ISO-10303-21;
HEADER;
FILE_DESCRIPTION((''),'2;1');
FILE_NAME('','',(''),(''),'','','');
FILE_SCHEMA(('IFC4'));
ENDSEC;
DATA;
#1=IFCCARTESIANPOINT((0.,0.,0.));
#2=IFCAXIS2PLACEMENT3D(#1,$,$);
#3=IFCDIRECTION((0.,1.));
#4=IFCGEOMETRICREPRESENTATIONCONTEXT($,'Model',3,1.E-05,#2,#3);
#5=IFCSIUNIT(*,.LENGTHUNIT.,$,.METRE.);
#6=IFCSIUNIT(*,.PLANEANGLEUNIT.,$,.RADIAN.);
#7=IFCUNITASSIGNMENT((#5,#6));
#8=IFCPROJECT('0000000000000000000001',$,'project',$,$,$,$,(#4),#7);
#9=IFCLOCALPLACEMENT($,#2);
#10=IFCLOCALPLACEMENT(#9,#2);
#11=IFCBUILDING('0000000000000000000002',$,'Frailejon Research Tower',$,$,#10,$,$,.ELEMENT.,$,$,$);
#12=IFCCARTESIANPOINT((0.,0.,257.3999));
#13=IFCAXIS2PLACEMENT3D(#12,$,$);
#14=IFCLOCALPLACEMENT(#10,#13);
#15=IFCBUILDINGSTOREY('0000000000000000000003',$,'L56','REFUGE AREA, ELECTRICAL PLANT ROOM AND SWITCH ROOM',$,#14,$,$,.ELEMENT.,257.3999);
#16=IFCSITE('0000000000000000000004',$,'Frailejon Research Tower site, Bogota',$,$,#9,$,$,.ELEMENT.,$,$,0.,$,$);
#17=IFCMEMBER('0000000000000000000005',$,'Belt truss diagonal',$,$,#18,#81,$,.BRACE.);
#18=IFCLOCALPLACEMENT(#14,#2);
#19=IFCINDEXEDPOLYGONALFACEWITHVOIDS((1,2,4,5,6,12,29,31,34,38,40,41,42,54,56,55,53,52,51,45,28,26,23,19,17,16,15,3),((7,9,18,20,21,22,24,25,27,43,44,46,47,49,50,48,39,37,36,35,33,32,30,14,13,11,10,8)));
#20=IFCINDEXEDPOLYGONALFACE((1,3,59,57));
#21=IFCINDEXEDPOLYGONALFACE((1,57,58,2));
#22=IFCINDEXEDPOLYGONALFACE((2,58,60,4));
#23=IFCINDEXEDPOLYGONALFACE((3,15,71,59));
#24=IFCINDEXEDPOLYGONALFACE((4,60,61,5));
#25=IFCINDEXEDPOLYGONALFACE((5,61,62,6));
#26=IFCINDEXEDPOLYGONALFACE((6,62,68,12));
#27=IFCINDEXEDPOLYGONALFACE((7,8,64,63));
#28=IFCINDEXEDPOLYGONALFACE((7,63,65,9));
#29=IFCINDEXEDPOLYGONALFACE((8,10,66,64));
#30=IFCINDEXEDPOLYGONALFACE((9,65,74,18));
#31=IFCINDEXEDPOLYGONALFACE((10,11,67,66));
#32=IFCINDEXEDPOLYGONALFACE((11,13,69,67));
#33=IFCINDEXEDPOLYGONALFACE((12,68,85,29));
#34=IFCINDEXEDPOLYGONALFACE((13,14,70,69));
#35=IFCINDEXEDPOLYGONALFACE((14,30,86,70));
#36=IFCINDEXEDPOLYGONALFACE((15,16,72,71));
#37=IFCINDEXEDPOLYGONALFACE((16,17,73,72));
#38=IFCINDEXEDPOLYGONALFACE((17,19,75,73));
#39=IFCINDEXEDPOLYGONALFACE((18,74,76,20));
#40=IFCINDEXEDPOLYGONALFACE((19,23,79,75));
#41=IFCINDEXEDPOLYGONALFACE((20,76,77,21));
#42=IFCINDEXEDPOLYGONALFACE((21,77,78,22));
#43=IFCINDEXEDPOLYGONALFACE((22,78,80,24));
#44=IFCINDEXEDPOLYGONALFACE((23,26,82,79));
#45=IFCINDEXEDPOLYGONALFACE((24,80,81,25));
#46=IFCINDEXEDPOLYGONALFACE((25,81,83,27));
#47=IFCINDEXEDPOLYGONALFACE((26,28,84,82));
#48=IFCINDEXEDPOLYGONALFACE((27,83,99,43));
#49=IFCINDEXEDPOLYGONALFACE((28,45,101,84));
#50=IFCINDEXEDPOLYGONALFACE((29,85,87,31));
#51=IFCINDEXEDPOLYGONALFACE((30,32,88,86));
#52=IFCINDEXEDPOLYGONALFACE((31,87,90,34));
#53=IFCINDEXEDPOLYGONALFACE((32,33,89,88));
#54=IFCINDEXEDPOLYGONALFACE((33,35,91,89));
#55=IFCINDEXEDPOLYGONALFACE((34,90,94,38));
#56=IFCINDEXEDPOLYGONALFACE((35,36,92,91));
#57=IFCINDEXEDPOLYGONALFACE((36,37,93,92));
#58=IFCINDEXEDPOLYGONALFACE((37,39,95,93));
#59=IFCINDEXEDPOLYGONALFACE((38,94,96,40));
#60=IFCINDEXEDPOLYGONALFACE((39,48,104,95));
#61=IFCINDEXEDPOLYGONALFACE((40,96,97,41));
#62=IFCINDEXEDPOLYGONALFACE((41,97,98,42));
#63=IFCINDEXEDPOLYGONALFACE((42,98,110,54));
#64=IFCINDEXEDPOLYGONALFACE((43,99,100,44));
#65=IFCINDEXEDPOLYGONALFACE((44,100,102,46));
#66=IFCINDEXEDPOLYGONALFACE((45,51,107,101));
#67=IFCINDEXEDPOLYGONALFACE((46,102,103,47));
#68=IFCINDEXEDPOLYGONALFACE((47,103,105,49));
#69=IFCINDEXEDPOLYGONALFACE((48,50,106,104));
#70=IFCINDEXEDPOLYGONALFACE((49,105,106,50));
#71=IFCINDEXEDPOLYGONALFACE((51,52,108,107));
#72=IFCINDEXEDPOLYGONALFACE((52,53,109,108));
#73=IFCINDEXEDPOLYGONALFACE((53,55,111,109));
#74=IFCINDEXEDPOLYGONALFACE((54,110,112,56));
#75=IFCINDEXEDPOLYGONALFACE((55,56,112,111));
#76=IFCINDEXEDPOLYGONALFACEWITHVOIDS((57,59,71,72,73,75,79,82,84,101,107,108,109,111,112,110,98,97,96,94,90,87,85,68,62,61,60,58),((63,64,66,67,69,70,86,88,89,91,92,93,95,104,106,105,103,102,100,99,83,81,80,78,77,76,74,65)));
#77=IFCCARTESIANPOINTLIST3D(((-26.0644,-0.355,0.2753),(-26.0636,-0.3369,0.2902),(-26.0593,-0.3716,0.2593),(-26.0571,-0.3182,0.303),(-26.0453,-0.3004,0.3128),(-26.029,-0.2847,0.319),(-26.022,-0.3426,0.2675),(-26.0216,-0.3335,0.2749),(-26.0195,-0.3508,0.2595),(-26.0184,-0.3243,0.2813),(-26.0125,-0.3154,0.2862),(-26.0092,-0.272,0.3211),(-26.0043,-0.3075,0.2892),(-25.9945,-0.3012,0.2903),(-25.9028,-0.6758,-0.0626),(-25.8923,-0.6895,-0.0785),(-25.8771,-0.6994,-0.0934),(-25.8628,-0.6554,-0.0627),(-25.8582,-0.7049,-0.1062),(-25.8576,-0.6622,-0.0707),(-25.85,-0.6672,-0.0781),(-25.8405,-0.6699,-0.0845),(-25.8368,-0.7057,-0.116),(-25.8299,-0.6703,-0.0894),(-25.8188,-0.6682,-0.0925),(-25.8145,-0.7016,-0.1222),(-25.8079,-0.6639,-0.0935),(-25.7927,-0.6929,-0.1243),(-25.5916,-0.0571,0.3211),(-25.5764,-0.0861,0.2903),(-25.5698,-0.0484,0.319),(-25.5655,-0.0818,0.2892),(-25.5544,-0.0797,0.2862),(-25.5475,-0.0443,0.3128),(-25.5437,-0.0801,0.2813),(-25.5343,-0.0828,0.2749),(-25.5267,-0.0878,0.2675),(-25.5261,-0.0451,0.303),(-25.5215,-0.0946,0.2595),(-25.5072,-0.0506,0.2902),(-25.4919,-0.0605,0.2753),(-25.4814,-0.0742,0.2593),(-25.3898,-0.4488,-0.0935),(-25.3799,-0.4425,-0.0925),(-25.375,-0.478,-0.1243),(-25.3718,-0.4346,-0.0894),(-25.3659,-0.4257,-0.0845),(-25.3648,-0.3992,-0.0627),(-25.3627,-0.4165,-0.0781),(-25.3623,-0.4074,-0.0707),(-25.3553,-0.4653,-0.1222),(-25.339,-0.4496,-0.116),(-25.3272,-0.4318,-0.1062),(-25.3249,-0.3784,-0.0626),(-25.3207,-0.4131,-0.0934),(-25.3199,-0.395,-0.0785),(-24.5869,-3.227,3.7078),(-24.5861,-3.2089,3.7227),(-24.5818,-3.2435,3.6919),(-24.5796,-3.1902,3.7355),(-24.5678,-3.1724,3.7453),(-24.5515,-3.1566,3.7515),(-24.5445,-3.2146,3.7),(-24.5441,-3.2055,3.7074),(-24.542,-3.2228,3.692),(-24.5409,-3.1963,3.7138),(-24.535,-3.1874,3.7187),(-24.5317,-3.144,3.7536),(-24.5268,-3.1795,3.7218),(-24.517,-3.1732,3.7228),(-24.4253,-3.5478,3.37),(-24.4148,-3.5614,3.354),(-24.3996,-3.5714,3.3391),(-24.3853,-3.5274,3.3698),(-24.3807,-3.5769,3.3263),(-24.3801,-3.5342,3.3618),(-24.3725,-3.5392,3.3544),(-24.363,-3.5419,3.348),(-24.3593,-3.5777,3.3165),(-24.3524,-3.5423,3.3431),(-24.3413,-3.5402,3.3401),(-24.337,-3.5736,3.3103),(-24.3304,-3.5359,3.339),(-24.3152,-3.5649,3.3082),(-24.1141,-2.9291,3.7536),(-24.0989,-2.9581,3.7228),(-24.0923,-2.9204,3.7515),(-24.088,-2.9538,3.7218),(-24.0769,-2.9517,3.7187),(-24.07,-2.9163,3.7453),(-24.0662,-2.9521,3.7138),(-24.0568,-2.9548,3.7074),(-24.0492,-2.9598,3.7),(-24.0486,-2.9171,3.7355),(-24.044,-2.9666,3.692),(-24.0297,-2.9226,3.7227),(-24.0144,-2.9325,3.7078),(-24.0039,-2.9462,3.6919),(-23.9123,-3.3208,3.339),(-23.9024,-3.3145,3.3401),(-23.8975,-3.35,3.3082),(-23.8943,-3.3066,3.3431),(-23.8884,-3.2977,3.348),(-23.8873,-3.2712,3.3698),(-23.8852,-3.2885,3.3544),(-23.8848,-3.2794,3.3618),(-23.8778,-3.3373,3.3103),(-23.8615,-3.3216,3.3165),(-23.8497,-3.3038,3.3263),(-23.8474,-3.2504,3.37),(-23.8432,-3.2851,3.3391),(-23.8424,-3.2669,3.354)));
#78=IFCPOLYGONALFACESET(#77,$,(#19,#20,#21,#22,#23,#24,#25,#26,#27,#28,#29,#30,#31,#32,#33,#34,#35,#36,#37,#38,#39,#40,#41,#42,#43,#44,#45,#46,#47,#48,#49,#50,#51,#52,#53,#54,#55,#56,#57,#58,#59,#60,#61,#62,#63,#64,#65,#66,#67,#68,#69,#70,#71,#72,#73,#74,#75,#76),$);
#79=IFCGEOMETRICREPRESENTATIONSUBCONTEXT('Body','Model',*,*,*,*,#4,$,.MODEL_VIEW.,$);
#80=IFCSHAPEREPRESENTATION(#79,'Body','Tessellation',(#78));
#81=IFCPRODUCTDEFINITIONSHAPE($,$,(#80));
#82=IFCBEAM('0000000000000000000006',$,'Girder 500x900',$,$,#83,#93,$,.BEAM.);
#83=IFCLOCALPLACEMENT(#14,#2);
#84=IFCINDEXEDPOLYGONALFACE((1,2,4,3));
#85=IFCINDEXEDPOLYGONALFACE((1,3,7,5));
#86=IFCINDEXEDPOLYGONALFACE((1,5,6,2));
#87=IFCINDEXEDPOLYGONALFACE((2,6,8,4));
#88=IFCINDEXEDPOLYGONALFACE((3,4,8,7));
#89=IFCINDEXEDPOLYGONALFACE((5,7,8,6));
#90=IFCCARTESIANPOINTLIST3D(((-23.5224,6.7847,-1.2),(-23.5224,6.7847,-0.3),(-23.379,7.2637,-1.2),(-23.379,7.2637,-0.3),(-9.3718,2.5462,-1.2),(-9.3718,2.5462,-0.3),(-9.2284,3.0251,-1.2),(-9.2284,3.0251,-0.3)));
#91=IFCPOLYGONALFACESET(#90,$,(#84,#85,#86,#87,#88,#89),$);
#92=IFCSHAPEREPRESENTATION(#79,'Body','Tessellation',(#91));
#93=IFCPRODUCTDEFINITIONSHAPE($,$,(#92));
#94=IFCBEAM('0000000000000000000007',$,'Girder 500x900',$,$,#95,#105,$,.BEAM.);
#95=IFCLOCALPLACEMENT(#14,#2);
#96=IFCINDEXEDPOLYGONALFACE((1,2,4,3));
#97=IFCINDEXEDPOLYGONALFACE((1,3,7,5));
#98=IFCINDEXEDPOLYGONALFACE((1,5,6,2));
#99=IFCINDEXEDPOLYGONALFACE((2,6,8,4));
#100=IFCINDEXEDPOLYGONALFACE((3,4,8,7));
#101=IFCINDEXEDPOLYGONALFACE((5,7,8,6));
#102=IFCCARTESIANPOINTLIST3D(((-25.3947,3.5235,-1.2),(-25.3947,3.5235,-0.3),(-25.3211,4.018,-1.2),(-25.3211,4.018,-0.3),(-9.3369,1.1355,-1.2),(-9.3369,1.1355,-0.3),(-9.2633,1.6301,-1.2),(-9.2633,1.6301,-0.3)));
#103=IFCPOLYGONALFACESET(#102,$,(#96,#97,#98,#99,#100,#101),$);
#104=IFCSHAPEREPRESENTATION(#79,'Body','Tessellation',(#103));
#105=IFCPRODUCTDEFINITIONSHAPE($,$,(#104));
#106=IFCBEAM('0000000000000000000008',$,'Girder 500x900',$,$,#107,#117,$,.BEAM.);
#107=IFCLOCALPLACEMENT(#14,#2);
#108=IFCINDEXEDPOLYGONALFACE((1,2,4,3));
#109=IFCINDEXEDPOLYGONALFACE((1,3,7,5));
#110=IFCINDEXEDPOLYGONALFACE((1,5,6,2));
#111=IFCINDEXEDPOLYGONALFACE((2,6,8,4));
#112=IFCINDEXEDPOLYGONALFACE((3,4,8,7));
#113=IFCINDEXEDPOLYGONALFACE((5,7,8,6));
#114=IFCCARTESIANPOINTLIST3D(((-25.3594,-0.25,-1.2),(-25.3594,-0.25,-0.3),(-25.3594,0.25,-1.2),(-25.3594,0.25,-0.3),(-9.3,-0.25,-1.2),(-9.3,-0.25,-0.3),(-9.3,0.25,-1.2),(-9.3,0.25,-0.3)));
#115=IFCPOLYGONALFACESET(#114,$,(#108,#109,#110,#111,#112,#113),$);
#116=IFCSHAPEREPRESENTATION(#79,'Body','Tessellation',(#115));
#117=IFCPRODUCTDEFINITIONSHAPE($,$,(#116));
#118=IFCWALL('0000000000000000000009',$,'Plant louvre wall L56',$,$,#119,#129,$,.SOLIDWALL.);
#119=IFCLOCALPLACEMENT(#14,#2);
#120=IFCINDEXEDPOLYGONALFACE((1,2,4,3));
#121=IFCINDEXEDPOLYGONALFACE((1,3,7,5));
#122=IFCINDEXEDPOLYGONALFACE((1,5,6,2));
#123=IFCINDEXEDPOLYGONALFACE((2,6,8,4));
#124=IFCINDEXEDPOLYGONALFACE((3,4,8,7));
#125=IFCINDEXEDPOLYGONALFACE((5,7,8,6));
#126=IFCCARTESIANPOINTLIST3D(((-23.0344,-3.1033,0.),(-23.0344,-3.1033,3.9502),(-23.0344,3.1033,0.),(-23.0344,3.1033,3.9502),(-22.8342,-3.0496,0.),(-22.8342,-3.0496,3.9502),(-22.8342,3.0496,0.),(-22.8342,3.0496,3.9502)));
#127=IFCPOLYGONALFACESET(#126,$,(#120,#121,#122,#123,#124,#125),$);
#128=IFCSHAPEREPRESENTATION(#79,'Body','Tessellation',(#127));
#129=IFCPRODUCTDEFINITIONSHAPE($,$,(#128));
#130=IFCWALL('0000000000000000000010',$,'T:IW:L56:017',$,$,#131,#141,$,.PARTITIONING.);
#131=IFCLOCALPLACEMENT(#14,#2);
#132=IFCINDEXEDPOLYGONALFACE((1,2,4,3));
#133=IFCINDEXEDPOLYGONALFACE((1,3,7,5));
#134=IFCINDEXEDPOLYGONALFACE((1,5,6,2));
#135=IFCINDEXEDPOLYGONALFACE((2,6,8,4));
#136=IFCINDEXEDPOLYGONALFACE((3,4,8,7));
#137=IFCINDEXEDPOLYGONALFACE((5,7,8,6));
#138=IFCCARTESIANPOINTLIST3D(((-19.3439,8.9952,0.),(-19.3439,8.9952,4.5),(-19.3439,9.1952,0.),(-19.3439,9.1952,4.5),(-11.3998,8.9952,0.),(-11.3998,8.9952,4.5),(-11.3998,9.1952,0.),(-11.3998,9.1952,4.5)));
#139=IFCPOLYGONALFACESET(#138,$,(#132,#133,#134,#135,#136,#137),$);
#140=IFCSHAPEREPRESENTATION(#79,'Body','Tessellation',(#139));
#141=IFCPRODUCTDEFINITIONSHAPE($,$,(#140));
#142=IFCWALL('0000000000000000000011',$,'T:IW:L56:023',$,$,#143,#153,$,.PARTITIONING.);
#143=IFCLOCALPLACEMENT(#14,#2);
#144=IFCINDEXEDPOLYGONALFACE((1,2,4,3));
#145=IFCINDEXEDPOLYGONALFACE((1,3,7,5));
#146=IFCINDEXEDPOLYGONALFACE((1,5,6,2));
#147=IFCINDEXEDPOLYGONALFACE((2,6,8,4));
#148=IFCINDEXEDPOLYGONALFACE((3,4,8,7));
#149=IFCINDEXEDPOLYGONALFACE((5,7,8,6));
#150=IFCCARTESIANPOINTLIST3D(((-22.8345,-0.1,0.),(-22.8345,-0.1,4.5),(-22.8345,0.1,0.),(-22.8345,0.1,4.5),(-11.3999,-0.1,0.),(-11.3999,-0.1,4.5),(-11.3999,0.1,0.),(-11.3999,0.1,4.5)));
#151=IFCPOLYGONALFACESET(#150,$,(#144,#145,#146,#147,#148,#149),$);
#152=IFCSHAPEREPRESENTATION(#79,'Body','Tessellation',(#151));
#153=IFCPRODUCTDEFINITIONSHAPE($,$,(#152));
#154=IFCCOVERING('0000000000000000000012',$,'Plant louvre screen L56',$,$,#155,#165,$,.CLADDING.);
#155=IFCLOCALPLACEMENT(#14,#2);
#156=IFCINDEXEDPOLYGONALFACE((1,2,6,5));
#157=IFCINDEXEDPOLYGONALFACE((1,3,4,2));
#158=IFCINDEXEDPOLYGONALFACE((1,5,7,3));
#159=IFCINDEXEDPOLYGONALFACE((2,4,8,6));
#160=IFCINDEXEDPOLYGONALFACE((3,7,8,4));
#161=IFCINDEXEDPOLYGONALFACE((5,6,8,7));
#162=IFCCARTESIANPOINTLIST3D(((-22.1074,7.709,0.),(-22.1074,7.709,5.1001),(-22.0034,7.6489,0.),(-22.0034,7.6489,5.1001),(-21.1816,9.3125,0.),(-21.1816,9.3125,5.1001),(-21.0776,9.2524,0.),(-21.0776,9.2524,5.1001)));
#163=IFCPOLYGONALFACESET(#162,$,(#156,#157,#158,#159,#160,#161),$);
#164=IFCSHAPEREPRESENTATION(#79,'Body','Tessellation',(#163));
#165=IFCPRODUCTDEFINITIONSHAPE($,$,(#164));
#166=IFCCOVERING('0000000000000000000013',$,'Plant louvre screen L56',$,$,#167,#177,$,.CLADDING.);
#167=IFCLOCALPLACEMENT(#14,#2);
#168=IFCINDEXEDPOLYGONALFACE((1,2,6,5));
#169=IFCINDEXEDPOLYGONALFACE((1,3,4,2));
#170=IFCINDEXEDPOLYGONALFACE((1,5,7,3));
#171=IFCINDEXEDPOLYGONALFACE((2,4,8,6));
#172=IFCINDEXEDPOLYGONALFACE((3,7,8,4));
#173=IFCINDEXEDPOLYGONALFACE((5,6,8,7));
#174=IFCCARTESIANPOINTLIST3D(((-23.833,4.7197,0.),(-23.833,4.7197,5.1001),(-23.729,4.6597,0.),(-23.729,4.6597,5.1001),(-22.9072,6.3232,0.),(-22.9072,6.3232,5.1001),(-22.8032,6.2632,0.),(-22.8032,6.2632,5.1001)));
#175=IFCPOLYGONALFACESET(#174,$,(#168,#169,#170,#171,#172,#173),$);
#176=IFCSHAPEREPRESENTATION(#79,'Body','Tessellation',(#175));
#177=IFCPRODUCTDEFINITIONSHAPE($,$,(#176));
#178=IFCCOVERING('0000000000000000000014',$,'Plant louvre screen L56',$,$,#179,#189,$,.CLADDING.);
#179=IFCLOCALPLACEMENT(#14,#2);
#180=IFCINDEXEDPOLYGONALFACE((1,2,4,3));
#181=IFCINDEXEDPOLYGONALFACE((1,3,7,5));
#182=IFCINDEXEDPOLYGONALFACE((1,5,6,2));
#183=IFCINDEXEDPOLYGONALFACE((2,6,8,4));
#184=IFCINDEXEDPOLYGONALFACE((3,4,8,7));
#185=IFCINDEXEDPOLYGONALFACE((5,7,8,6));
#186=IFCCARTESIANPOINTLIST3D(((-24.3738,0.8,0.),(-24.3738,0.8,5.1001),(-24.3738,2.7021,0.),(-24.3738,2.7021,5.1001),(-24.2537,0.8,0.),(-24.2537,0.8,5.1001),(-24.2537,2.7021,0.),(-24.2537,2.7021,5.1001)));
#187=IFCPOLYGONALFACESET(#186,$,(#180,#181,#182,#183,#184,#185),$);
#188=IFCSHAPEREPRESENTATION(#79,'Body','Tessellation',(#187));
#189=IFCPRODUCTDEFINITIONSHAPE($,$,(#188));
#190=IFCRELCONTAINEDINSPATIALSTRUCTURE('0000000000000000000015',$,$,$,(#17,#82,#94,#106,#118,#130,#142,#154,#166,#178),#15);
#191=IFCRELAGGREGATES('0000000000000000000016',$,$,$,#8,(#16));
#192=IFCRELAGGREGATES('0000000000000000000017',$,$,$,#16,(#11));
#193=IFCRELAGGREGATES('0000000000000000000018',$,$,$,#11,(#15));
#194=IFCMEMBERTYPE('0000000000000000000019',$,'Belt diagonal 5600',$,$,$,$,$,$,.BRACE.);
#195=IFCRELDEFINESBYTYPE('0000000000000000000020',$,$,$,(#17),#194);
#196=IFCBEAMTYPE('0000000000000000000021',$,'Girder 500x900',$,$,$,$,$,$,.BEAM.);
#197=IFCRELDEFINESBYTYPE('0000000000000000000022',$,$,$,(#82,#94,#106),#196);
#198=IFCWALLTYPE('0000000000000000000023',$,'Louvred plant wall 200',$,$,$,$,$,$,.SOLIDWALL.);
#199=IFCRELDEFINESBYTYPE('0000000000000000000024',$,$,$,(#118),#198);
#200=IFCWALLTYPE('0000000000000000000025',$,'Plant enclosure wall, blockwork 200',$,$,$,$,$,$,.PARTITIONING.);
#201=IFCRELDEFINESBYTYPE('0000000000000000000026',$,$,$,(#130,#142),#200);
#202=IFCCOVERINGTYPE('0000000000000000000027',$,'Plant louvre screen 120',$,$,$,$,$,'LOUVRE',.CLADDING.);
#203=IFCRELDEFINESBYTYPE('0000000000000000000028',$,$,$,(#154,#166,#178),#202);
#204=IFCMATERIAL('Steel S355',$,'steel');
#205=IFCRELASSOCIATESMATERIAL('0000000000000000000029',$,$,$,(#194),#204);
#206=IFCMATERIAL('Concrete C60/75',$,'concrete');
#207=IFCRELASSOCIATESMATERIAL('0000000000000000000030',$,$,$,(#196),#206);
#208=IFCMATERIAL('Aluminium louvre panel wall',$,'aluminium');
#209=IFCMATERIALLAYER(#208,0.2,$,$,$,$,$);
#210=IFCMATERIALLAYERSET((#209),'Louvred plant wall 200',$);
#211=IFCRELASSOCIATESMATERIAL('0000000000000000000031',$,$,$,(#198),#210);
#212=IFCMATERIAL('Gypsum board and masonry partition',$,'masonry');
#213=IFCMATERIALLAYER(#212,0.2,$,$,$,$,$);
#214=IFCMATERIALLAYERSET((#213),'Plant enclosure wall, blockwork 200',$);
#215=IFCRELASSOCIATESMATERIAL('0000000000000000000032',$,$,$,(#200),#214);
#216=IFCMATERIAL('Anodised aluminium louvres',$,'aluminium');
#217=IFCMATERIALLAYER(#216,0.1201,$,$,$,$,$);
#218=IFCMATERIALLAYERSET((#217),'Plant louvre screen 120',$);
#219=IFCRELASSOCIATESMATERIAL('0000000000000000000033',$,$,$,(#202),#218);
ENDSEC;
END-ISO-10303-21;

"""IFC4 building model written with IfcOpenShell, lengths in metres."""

from ifc_helpers import new_model, si_unit, direction, frame, frame_2d, origin, origin_2d, place, context, subcontext, project, spatial, polyline, rectangle, hollow_rectangle, outline, extrude, material, layer, layer_set, material_profile, profile_set, type_object, element, save


model = new_model("IFC4")

# Units and contexts
model_context = context("Model", 3, precision=1e-05, world=origin(), true_north=direction((0.0, 1.0)))
body_context = subcontext(model_context, "Body", "Model", "MODEL_VIEW")
ifc_project = project(units=[si_unit("LENGTHUNIT", "METRE"), si_unit("PLANEANGLEUNIT", "RADIAN")], contexts=[model_context])

# Site, building, storey
site_placement = place(None, origin())
site = spatial("IfcSite", under=ifc_project, at=site_placement, Name="Frailejon Research Tower site, Bogota", CompositionType="ELEMENT", RefElevation=0.0)
building_placement = place(site_placement, origin())
building = spatial("IfcBuilding", under=site, at=building_placement, Name="Frailejon Research Tower", CompositionType="ELEMENT")
storey_placement = place(building_placement, frame((0.0, 0.0, 257.3999)))
storey = spatial("IfcBuildingStorey", under=building, at=storey_placement, Name="L56", Description="REFUGE AREA, ELECTRICAL PLANT ROOM AND SWITCH ROOM", CompositionType="ELEMENT", Elevation=257.3999)

# Member
ifc_material_1 = material(Name="Steel S355", Category="steel")
ifc_material_profile_1 = material_profile(ifc_material_1, hollow_rectangle(XDim=0.6499, YDim=0.6499, WallThickness=0.0449, InnerFilletRadius=0.0449, OuterFilletRadius=0.0901, at=origin_2d()), Name="Belt diagonal 5600")
ifc_profile_set_1 = profile_set([ifc_material_profile_1], Name="Steel S355")
member_type = type_object("IfcMemberType", Name="Belt diagonal 5600", PredefinedType="BRACE", material=ifc_profile_set_1)
for number, where, z_axis, x_axis, name in (
    (1, (-25.6921, -0.375, 0.0984), (0.313486, -0.60936, 0.72829), (0.889228, 0.457464, 0.0), "Belt truss diagonal"),
):
    element("IfcMember", number, at=place(storey_placement, frame(where, z_axis=z_axis, x_axis=x_axis)), inside=storey, type_object=member_type, Name=name, PredefinedType="BRACE", context=body_context, shape_type="SweptSolid", body=[
        extrude(hollow_rectangle(XDim=0.6499, YDim=0.6499, WallThickness=0.0449, InnerFilletRadius=0.0449, OuterFilletRadius=0.0901, at=origin_2d()), origin(), (0.0, 0.0, 1.0), 4.7131),
    ])

# Beams
ifc_material_2 = material(Name="Concrete C60/75", Category="concrete")
ifc_material_profile_2 = material_profile(ifc_material_2, rectangle(XDim=0.5, YDim=0.8999, at=origin_2d()), Name="Girder 500x900")
ifc_profile_set_2 = profile_set([ifc_material_profile_2], Name="Concrete C60/75")
beam_type_1 = type_object("IfcBeamType", Name="Girder 500x900", PredefinedType="BEAM", material=ifc_profile_set_2)
beam_1_placement = place(storey_placement, frame((-23.4507, 7.0242, -0.75), z_axis=(0.95795, -0.286934, 0.0), x_axis=(0.286934, 0.95795, 0.0)))
element("IfcBeam", 2, at=beam_1_placement, inside=storey, type_object=beam_type_1, Name="Girder 500x900", PredefinedType="BEAM", context=body_context, shape_type="SweptSolid", body=[
    extrude(rectangle(XDim=0.5, YDim=0.8999, at=origin_2d()), origin(), (0.0, 0.0, 1.0), 14.7717),
])
beam_2_placement = place(storey_placement, frame((-25.3579, 3.7708, -0.75), z_axis=(0.989123, -0.147091, 0.0), x_axis=(0.147091, 0.989123, 0.0)))
element("IfcBeam", 3, at=beam_2_placement, inside=storey, type_object=beam_type_1, Name="Girder 500x900", PredefinedType="BEAM", context=body_context, shape_type="SweptSolid", body=[
    extrude(rectangle(XDim=0.5, YDim=0.8999, at=origin_2d()), origin(), (0.0, 0.0, 1.0), 16.2344),
])
beam_3_placement = place(storey_placement, frame((-25.3594, 0.0, -0.75), z_axis=(1.0, 0.0, 0.0), x_axis=(0.0, 1.0, 0.0)))
element("IfcBeam", 4, at=beam_3_placement, inside=storey, type_object=beam_type_1, Name="Girder 500x900", PredefinedType="BEAM", context=body_context, shape_type="SweptSolid", body=[
    extrude(rectangle(XDim=0.5, YDim=0.8999, at=origin_2d()), origin(), (0.0, 0.0, 1.0), 16.0593),
])

# Walls
ifc_material_3 = material(Name="Aluminium louvre panel wall", Category="aluminium")
ifc_layer_1 = layer(ifc_material_3, 0.2)
ifc_layer_set_1 = layer_set([ifc_layer_1], Name="Louvred plant wall 200")
wall_type_1 = type_object("IfcWallType", Name="Louvred plant wall 200", PredefinedType="SOLIDWALL", material=ifc_layer_set_1)
wall_1_placement = place(storey_placement, frame((-22.9343, 3.0764, 0.0), z_axis=(0.0, 0.0, 1.0), x_axis=(0.0, -1.0, 0.0)))
element("IfcWall", 5, at=wall_1_placement, inside=storey, type_object=wall_type_1, Name="Plant louvre wall L56", PredefinedType="SOLIDWALL", context=body_context, shape_type="SweptSolid", body=[
    extrude(outline(polyline([(-0.0269, -0.1001), (6.1797, -0.1001), (6.126, 0.1001), (0.0269, 0.1001), (-0.0269, -0.1001)])), origin(), (0.0, 0.0, 1.0), 3.9502),
])
ifc_material_4 = material(Name="Gypsum board and masonry partition", Category="masonry")
ifc_layer_2 = layer(ifc_material_4, 0.2)
ifc_layer_set_2 = layer_set([ifc_layer_2], Name="Plant enclosure wall, blockwork 200")
wall_type_2 = type_object("IfcWallType", Name="Plant enclosure wall, blockwork 200", PredefinedType="PARTITIONING", material=ifc_layer_set_2)
wall_2_placement = place(storey_placement, frame((-19.344, 9.0952, 0.0), z_axis=(0.0, 0.0, 1.0), x_axis=(1.0, 0.0, 0.0)))
element("IfcWall", 6, at=wall_2_placement, inside=storey, type_object=wall_type_2, Name="T:IW:L56:017", PredefinedType="PARTITIONING", context=body_context, shape_type="SweptSolid", body=[
    extrude(rectangle(XDim=7.9441, YDim=0.2, at=frame_2d((3.9722, 0.0))), origin(), (0.0, 0.0, 1.0), 4.5),
])
wall_3_placement = place(storey_placement, frame((-22.8345, 0.0, 0.0), z_axis=(0.0, 0.0, 1.0), x_axis=(1.0, 0.0, 0.0)))
element("IfcWall", 7, at=wall_3_placement, inside=storey, type_object=wall_type_2, Name="T:IW:L56:023", PredefinedType="PARTITIONING", context=body_context, shape_type="SweptSolid", body=[
    extrude(rectangle(XDim=11.4346, YDim=0.2, at=frame_2d((5.7173, 0.0))), origin(), (0.0, 0.0, 1.0), 4.5),
])

# Coverings
ifc_material_5 = material(Name="Anodised aluminium louvres", Category="aluminium")
ifc_layer_3 = layer(ifc_material_5, 0.1201)
ifc_layer_set_3 = layer_set([ifc_layer_3], Name="Plant louvre screen 120")
covering_type = type_object("IfcCoveringType", Name="Plant louvre screen 120", ElementType="LOUVRE", PredefinedType="CLADDING", material=ifc_layer_set_3)
for number, where, z_axis, x_axis, name in (
    (8, (-22.1074, 7.709, 0.0), (0.499997, 0.866027, 0.0), (-0.866027, 0.499997, 0.0), "Plant louvre screen L56"),
    (9, (-23.833, 4.7197, 0.0), (0.499997, 0.866027, 0.0), (-0.866027, 0.499997, 0.0), "Plant louvre screen L56"),
):
    element("IfcCovering", number, at=place(storey_placement, frame(where, z_axis=z_axis, x_axis=x_axis)), inside=storey, type_object=covering_type, Name=name, PredefinedType="CLADDING", context=body_context, shape_type="SweptSolid", body=[
        extrude(outline(polyline([(-0.1201, 0.0), (0.0, 0.0), (0.0, 5.1001), (-0.1201, 5.1001), (-0.1201, 0.0)])), origin(), (0.0, 0.0, 1.0), 1.8516),
    ])
covering_placement = place(storey_placement, frame((-24.3738, 0.8, 0.0), z_axis=(0.0, 1.0, 0.0), x_axis=(-1.0, 0.0, 0.0)))
element("IfcCovering", 10, at=covering_placement, inside=storey, type_object=covering_type, Name="Plant louvre screen L56", PredefinedType="CLADDING", context=body_context, shape_type="SweptSolid", body=[
    extrude(outline(polyline([(-0.1201, 0.0), (0.0, 0.0), (0.0, 5.1001), (-0.1201, 5.1001), (-0.1201, 0.0)])), origin(), (0.0, 0.0, 1.0), 1.9021),
])

save(model, "model.ifc")
